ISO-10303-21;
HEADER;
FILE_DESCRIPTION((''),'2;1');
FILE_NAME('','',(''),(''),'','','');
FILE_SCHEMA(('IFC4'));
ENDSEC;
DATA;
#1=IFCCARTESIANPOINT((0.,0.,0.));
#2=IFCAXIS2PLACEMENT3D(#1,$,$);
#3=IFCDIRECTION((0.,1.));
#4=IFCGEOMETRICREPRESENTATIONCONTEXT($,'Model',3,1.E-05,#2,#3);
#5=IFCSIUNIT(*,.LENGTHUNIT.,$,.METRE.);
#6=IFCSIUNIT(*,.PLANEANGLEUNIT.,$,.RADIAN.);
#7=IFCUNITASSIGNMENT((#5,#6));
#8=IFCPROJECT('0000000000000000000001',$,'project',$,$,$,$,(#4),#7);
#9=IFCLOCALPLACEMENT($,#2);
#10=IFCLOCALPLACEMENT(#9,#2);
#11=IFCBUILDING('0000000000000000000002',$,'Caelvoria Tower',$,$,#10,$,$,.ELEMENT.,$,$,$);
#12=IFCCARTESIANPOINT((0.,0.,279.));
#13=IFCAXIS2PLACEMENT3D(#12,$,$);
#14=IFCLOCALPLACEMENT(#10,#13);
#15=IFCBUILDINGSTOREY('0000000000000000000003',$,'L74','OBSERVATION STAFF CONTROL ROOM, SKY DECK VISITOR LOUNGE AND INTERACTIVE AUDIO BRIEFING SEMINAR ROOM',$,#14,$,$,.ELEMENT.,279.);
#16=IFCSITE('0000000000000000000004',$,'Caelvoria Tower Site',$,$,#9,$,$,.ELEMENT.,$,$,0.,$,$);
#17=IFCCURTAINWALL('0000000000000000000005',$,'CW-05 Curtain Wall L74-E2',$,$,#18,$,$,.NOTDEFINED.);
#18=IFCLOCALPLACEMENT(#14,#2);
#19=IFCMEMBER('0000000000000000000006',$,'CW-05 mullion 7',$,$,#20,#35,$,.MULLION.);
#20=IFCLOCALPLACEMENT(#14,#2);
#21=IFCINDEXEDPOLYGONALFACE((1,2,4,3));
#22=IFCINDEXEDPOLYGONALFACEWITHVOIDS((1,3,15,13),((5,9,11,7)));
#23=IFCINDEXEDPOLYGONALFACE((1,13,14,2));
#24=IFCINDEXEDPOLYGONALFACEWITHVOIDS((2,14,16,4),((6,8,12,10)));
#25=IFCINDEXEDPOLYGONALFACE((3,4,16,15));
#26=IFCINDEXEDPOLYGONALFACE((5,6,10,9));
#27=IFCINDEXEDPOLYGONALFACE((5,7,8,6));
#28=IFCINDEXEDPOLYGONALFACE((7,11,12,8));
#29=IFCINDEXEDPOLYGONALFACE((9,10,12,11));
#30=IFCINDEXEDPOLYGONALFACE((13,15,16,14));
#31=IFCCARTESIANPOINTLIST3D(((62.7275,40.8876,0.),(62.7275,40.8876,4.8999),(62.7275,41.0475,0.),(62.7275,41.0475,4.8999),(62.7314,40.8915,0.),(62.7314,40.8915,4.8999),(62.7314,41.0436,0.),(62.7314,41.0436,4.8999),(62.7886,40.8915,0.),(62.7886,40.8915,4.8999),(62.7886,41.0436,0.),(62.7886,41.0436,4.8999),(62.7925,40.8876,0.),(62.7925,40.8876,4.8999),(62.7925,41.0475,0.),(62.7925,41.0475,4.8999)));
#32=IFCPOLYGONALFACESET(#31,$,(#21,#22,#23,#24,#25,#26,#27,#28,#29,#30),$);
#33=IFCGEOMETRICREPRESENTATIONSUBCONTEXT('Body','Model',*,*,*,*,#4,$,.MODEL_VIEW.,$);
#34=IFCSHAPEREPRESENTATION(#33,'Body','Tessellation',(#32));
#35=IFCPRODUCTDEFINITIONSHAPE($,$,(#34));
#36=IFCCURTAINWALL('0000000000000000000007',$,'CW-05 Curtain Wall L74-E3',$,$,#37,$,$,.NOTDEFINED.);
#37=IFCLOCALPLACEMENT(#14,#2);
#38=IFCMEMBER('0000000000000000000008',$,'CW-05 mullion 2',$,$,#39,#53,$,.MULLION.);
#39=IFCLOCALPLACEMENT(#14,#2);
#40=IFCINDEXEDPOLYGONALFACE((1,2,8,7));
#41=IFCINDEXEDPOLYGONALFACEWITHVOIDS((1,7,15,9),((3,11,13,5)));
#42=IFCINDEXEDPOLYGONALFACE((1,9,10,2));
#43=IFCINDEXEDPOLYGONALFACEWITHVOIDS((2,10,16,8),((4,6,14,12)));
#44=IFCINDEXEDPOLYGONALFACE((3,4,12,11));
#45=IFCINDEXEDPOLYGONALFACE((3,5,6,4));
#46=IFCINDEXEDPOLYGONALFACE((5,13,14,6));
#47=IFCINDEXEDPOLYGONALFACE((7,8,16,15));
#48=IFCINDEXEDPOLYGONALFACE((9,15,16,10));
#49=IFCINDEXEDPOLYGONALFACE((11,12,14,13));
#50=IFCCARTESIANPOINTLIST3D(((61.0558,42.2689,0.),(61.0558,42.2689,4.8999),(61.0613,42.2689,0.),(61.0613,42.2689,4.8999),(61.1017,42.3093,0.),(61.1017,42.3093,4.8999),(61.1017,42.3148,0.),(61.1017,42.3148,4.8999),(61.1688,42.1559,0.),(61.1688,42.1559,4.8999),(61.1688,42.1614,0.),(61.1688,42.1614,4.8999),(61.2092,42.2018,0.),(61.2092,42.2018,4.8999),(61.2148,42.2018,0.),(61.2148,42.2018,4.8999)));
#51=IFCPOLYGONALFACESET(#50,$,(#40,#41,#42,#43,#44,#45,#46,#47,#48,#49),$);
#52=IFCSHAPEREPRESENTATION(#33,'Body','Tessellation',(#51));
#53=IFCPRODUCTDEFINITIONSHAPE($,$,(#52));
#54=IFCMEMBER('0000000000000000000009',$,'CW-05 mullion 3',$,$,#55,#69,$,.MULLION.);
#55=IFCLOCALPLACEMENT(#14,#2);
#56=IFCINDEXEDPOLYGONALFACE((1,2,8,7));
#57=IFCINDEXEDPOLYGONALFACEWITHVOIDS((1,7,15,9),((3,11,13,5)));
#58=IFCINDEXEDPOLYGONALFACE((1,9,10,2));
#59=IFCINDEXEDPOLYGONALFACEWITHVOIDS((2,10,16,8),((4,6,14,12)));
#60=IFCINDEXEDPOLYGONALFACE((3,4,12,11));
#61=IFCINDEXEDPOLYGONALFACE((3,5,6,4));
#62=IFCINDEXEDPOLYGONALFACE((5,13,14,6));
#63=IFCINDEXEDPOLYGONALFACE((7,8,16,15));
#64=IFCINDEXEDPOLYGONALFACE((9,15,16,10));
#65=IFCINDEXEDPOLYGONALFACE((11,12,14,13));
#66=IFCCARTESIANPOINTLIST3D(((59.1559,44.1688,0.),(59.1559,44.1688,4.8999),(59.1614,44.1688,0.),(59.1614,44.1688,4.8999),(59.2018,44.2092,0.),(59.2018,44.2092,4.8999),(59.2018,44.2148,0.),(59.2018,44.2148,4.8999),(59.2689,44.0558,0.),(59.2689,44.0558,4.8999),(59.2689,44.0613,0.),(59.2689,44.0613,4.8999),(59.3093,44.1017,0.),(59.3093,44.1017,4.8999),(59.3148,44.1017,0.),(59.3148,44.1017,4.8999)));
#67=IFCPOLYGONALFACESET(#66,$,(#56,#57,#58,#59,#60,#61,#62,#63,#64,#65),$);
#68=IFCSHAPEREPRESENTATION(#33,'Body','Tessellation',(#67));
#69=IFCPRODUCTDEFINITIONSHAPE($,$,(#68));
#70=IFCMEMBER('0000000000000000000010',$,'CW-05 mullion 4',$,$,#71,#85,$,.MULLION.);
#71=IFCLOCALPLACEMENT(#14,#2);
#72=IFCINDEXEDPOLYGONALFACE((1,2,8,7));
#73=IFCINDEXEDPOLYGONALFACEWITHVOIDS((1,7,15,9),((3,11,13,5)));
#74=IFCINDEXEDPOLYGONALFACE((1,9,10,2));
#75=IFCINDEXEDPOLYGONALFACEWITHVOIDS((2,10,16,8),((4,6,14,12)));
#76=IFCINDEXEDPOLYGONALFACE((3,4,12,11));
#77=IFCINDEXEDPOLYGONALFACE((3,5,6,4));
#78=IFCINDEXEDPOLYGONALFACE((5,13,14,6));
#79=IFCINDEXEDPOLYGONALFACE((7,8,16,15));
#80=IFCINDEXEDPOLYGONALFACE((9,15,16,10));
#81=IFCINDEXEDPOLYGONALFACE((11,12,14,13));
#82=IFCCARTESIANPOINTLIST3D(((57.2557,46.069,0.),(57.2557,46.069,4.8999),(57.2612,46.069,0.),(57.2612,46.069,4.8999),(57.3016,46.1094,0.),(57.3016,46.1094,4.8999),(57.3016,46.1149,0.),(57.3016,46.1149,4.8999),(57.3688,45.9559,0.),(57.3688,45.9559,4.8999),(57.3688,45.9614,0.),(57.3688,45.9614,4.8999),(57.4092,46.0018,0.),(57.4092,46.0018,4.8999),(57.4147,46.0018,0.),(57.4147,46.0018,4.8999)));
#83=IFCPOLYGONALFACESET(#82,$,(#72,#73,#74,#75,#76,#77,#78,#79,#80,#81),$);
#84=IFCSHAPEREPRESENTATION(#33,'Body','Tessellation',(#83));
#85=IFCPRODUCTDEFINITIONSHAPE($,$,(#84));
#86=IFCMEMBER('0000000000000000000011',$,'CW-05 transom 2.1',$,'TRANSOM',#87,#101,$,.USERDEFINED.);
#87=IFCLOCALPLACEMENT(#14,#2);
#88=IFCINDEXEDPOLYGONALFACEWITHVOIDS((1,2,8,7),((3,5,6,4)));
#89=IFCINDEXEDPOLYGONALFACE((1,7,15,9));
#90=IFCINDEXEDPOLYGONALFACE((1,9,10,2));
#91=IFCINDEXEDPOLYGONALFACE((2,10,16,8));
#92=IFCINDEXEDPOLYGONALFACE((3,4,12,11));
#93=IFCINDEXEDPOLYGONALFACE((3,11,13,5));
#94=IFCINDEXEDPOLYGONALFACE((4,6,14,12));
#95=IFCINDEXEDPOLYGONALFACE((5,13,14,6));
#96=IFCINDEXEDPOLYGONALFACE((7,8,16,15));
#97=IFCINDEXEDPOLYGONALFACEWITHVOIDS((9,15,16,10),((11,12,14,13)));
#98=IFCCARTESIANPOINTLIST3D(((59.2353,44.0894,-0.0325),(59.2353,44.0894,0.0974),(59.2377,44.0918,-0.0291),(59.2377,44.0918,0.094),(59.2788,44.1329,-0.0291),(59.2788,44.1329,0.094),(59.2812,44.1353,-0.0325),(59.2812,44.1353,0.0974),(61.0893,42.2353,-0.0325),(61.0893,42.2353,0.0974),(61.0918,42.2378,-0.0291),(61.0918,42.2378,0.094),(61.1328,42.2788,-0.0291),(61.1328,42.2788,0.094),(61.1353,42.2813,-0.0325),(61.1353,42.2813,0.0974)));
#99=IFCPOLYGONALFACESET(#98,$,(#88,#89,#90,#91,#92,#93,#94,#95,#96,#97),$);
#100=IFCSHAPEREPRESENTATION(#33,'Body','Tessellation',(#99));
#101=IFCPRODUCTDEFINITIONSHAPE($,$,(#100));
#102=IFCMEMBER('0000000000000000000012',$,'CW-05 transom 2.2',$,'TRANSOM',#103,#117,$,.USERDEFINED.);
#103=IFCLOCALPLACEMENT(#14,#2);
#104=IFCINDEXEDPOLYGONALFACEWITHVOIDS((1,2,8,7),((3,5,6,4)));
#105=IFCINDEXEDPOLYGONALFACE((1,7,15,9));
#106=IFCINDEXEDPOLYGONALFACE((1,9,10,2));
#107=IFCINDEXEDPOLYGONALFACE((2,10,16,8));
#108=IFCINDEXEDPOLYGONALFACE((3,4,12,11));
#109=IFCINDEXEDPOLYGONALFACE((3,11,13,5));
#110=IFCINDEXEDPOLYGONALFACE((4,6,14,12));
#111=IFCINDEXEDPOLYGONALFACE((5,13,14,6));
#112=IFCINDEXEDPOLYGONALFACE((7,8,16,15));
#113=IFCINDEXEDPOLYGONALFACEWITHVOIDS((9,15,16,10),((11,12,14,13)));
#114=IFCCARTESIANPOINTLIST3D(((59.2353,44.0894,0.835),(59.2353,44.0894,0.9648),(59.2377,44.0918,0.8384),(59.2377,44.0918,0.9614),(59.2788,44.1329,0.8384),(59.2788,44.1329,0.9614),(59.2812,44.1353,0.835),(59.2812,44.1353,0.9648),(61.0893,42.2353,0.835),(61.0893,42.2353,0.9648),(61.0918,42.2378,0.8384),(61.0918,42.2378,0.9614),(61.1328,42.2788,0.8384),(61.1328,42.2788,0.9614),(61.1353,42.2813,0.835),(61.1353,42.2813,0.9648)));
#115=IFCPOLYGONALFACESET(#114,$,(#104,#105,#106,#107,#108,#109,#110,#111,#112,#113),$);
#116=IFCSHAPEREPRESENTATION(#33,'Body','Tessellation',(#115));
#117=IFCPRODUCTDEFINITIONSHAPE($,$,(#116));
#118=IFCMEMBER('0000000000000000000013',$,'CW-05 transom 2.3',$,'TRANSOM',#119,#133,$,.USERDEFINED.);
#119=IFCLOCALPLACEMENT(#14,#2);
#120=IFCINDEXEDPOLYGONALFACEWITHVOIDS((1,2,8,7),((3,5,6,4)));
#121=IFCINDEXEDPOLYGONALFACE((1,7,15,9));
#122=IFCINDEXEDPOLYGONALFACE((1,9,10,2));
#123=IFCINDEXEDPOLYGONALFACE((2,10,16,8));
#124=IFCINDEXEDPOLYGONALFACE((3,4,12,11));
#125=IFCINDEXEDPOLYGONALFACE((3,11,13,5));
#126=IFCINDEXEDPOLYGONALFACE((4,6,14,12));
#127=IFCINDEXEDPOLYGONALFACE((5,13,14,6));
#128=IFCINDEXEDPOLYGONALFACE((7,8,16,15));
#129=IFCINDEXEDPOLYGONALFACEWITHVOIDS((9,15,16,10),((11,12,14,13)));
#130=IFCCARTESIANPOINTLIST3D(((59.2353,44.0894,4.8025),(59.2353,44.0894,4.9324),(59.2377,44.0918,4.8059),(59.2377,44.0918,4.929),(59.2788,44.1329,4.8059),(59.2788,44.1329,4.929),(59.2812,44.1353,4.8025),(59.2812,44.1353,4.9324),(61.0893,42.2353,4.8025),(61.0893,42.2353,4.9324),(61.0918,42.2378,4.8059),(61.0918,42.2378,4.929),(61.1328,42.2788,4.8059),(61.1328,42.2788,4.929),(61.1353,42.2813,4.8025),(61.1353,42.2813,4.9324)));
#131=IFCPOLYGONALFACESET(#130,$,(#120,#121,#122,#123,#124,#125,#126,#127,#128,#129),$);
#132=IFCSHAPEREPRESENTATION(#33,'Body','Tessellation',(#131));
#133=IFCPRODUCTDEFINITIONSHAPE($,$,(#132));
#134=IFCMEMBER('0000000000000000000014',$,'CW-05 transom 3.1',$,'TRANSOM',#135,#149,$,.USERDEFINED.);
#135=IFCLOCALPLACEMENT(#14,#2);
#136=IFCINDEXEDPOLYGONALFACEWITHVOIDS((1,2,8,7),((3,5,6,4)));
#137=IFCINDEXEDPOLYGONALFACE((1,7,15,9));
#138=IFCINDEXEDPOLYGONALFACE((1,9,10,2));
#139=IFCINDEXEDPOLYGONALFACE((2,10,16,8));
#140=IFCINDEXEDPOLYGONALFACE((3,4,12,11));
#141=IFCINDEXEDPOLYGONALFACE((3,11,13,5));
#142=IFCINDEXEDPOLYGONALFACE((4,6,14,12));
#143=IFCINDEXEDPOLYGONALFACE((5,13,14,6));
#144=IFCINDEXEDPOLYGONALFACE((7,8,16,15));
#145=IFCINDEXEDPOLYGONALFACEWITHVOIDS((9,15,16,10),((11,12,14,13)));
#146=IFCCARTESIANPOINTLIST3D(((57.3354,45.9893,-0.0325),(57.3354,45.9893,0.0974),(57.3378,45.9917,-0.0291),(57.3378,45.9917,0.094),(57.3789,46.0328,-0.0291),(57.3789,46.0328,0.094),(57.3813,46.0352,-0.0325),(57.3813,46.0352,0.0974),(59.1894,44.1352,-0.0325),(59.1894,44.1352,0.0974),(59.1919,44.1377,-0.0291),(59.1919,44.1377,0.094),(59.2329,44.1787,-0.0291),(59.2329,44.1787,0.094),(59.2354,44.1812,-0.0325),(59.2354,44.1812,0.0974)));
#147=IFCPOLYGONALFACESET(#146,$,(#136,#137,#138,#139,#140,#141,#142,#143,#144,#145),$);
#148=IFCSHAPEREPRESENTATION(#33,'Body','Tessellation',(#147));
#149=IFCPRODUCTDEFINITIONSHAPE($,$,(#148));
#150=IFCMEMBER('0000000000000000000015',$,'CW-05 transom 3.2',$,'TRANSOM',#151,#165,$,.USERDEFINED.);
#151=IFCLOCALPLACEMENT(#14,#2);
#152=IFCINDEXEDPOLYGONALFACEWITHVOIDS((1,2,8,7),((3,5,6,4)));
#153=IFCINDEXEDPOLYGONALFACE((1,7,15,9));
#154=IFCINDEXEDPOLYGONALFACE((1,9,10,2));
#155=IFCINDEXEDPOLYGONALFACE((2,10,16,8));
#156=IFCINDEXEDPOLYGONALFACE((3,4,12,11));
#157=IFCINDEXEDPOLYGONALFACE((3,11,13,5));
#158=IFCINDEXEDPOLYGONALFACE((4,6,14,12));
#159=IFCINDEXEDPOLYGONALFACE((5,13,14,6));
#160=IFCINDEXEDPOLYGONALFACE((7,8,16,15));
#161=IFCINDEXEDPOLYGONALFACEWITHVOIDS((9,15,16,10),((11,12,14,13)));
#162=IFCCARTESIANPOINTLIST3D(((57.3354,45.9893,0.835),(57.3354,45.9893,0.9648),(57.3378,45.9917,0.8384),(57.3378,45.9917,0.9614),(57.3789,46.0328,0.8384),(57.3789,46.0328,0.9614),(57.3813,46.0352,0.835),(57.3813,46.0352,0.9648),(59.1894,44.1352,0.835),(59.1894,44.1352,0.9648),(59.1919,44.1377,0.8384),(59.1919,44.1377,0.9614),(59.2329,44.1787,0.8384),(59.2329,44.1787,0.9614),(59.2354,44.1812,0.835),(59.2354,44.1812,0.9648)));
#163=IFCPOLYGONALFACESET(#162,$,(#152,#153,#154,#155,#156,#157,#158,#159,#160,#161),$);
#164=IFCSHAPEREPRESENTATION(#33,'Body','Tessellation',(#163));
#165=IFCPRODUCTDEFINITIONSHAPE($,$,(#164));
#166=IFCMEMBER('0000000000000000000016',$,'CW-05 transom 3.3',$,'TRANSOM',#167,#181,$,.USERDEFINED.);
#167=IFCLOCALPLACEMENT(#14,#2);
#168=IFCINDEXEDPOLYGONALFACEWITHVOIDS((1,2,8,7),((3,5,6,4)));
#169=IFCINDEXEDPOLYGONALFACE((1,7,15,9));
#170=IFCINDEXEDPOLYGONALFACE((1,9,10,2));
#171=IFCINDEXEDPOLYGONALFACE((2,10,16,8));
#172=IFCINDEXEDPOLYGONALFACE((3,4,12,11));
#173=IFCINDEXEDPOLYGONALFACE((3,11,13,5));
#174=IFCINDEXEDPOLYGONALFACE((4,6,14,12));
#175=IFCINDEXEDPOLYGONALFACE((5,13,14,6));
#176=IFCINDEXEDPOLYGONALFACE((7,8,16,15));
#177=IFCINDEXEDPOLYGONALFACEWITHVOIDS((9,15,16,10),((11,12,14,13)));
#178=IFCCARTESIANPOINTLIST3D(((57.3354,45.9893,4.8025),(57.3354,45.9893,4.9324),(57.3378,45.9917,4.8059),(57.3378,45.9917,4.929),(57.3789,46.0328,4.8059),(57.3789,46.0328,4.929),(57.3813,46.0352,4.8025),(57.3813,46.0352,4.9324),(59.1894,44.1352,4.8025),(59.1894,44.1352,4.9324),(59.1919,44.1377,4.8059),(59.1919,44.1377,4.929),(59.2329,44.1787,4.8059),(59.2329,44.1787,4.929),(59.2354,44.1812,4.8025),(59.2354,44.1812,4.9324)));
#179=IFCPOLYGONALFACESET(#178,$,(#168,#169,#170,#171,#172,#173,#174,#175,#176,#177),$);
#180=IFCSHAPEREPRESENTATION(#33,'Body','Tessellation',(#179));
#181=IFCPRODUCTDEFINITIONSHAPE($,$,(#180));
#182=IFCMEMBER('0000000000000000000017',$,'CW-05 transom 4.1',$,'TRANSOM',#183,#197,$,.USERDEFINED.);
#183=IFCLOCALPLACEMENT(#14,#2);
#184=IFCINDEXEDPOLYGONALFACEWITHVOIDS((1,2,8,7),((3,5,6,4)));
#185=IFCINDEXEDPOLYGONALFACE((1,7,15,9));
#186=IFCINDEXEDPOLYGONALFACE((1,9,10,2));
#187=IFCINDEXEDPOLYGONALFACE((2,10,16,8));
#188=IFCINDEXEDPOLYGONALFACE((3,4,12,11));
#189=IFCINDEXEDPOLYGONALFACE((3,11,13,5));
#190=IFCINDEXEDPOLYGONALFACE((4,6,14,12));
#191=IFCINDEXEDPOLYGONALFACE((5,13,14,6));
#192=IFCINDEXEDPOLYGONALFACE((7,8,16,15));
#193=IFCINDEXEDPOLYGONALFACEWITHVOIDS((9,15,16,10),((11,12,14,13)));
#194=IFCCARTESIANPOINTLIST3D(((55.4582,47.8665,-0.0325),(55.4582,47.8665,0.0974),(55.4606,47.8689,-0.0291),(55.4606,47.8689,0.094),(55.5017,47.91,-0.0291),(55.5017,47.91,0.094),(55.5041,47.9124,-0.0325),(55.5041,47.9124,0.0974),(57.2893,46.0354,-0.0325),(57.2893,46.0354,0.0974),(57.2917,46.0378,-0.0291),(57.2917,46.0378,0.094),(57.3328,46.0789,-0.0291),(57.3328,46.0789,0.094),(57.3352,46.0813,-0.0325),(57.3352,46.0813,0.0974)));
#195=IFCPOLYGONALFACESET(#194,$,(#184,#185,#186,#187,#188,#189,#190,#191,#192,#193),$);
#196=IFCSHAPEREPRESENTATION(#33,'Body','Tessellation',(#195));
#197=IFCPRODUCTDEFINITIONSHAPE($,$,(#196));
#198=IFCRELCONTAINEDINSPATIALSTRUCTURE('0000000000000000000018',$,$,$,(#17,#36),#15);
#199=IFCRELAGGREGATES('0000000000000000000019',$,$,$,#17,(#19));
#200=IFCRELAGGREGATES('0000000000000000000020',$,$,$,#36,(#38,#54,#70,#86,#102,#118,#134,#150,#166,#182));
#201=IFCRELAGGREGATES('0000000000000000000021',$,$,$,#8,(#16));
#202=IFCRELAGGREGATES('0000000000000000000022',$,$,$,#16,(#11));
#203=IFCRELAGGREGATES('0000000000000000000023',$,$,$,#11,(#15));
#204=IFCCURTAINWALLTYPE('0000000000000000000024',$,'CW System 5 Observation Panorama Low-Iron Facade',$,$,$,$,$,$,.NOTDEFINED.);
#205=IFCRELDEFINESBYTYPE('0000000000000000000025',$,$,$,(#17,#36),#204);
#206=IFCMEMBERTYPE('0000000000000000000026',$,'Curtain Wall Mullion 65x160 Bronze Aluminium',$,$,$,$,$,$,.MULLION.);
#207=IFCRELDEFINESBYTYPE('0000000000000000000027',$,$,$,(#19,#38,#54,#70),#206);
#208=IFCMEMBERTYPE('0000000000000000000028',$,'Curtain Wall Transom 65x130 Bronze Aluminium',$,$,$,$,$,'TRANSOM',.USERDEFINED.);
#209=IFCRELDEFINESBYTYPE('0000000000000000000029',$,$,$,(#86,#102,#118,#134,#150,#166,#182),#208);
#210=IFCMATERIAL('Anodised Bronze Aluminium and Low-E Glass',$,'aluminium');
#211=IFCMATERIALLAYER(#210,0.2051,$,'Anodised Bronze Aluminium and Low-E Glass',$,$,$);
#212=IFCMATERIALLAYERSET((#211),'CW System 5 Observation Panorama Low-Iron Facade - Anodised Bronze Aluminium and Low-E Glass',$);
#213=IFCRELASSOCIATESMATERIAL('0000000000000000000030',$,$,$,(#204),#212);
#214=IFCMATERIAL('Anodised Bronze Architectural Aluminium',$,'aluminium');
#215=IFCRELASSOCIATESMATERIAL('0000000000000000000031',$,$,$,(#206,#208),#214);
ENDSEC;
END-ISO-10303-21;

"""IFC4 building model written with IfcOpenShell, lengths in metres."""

from ifc_helpers import new_model, si_unit, direction, frame, origin, origin_2d, place, context, subcontext, project, spatial, hollow_rectangle, extrude, material, layer, layer_set, material_profile, profile_set, type_object, element, aggregate, save


model = new_model("IFC4")

# Units and contexts
model_context = context("Model", 3, precision=1e-05, world=origin(), true_north=direction((0.0, 1.0)))
body_context = subcontext(model_context, "Body", "Model", "MODEL_VIEW")
ifc_project = project(units=[si_unit("LENGTHUNIT", "METRE"), si_unit("PLANEANGLEUNIT", "RADIAN")], contexts=[model_context])

# Site, building, storey
site_placement = place(None, origin())
site = spatial("IfcSite", under=ifc_project, at=site_placement, Name="Caelvoria Tower Site", CompositionType="ELEMENT", RefElevation=0.0)
building_placement = place(site_placement, origin())
building = spatial("IfcBuilding", under=site, at=building_placement, Name="Caelvoria Tower", CompositionType="ELEMENT")
storey_placement = place(building_placement, frame((0.0, 0.0, 279.0)))
storey = spatial("IfcBuildingStorey", under=building, at=storey_placement, Name="L74", Description="OBSERVATION STAFF CONTROL ROOM, SKY DECK VISITOR LOUNGE AND INTERACTIVE AUDIO BRIEFING SEMINAR ROOM", CompositionType="ELEMENT", Elevation=279.0)

# Curtain wall, member
ifc_material_1 = material(Name="Anodised Bronze Aluminium and Low-E Glass", Category="aluminium")
ifc_layer_1 = layer(ifc_material_1, 0.2051, Name="Anodised Bronze Aluminium and Low-E Glass")
ifc_layer_set_1 = layer_set([ifc_layer_1], Name="CW System 5 Observation Panorama Low-Iron Facade - Anodised Bronze Aluminium and Low-E Glass")
curtain_wall_type = type_object("IfcCurtainWallType", Name="CW System 5 Observation Panorama Low-Iron Facade", PredefinedType="NOTDEFINED", material=ifc_layer_set_1)
curtain_wall_1_placement = place(storey_placement, origin())
curtain_wall_1 = element("IfcCurtainWall", 1, at=curtain_wall_1_placement, inside=storey, type_object=curtain_wall_type, Name="CW-05 Curtain Wall L74-E2", PredefinedType="NOTDEFINED")
ifc_material_2 = material(Name="Anodised Bronze Architectural Aluminium", Category="aluminium")
ifc_material_profile_1 = material_profile(ifc_material_2, hollow_rectangle(XDim=0.0649, YDim=0.1599, WallThickness=0.0039, at=origin_2d()), Name="Anodised Bronze Architectural Aluminium")
ifc_profile_set_1 = profile_set([ifc_material_profile_1], Name="CW_MULL_65X160 - Anodised Bronze Architectural Aluminium")
member_type_1 = type_object("IfcMemberType", Name="Curtain Wall Mullion 65x160 Bronze Aluminium", PredefinedType="MULLION", material=ifc_profile_set_1)
member_1_placement = place(storey_placement, frame((62.76, 40.9675, 0.0), z_axis=(0.0, 0.0, 1.0), x_axis=(-1.0, 0.0, 0.0)))
member_1 = element("IfcMember", 2, at=member_1_placement, type_object=member_type_1, Name="CW-05 mullion 7", PredefinedType="MULLION", context=body_context, shape_type="SweptSolid", body=[
    extrude(hollow_rectangle(XDim=0.0649, YDim=0.1599, WallThickness=0.0039, at=origin_2d()), origin(), (0.0, 0.0, 1.0), 4.8999),
])
aggregate(curtain_wall_1, [member_1])

# Curtain wall, members
curtain_wall_2_placement = place(storey_placement, origin())
curtain_wall_2 = element("IfcCurtainWall", 3, at=curtain_wall_2_placement, inside=storey, type_object=curtain_wall_type, Name="CW-05 Curtain Wall L74-E3", PredefinedType="NOTDEFINED")
member_2_placement = place(storey_placement, frame((61.1353, 42.2354, 0.0), z_axis=(0.0, 0.0, 1.0), x_axis=(-0.707107, -0.707107, 0.0)))
member_2 = element("IfcMember", 4, at=member_2_placement, type_object=member_type_1, Name="CW-05 mullion 2", PredefinedType="MULLION", context=body_context, shape_type="SweptSolid", body=[
    extrude(hollow_rectangle(XDim=0.0649, YDim=0.1599, WallThickness=0.0039, at=origin_2d()), origin(), (0.0, 0.0, 1.0), 4.8999),
])
member_3_placement = place(storey_placement, frame((59.2354, 44.1353, 0.0), z_axis=(0.0, 0.0, 1.0), x_axis=(-0.707107, -0.707107, 0.0)))
member_3 = element("IfcMember", 5, at=member_3_placement, type_object=member_type_1, Name="CW-05 mullion 3", PredefinedType="MULLION", context=body_context, shape_type="SweptSolid", body=[
    extrude(hollow_rectangle(XDim=0.0649, YDim=0.1599, WallThickness=0.0039, at=origin_2d()), origin(), (0.0, 0.0, 1.0), 4.8999),
])
member_4_placement = place(storey_placement, frame((57.3352, 46.0354, 0.0), z_axis=(0.0, 0.0, 1.0), x_axis=(-0.707107, -0.707107, 0.0)))
member_4 = element("IfcMember", 6, at=member_4_placement, type_object=member_type_1, Name="CW-05 mullion 4", PredefinedType="MULLION", context=body_context, shape_type="SweptSolid", body=[
    extrude(hollow_rectangle(XDim=0.0649, YDim=0.1599, WallThickness=0.0039, at=origin_2d()), origin(), (0.0, 0.0, 1.0), 4.8999),
])
ifc_material_profile_2 = material_profile(ifc_material_2, hollow_rectangle(XDim=0.0649, YDim=0.1299, WallThickness=0.0034, at=origin_2d()), Name="Anodised Bronze Architectural Aluminium")
ifc_profile_set_2 = profile_set([ifc_material_profile_2], Name="CW_TRAN_65X130 - Anodised Bronze Architectural Aluminium")
member_type_2 = type_object("IfcMemberType", Name="Curtain Wall Transom 65x130 Bronze Aluminium", ElementType="TRANSOM", PredefinedType="USERDEFINED", material=ifc_profile_set_2)
member_5_placement = place(storey_placement, frame((61.1123, 42.2583, 0.0325), z_axis=(-0.707107, 0.707107, 0.0), x_axis=(-0.707107, -0.707107, 0.0)))
member_5 = element("IfcMember", 7, at=member_5_placement, type_object=member_type_2, Name="CW-05 transom 2.1", ObjectType="TRANSOM", PredefinedType="USERDEFINED", context=body_context, shape_type="SweptSolid", body=[
    extrude(hollow_rectangle(XDim=0.0649, YDim=0.1299, WallThickness=0.0034, at=origin_2d()), origin(), (0.0, 0.0, 1.0), 2.6221),
])
member_6_placement = place(storey_placement, frame((61.1123, 42.2583, 0.8999), z_axis=(-0.707107, 0.707107, 0.0), x_axis=(-0.707107, -0.707107, 0.0)))
member_6 = element("IfcMember", 8, at=member_6_placement, type_object=member_type_2, Name="CW-05 transom 2.2", ObjectType="TRANSOM", PredefinedType="USERDEFINED", context=body_context, shape_type="SweptSolid", body=[
    extrude(hollow_rectangle(XDim=0.0649, YDim=0.1299, WallThickness=0.0034, at=origin_2d()), origin(), (0.0, 0.0, 1.0), 2.6221),
])
member_7_placement = place(storey_placement, frame((61.1123, 42.2583, 4.8674), z_axis=(-0.707107, 0.707107, 0.0), x_axis=(-0.707107, -0.707107, 0.0)))
member_7 = element("IfcMember", 9, at=member_7_placement, type_object=member_type_2, Name="CW-05 transom 2.3", ObjectType="TRANSOM", PredefinedType="USERDEFINED", context=body_context, shape_type="SweptSolid", body=[
    extrude(hollow_rectangle(XDim=0.0649, YDim=0.1299, WallThickness=0.0034, at=origin_2d()), origin(), (0.0, 0.0, 1.0), 2.6221),
])
member_8_placement = place(storey_placement, frame((59.2124, 44.1582, 0.0325), z_axis=(-0.707107, 0.707107, 0.0), x_axis=(-0.707107, -0.707107, 0.0)))
member_8 = element("IfcMember", 10, at=member_8_placement, type_object=member_type_2, Name="CW-05 transom 3.1", ObjectType="TRANSOM", PredefinedType="USERDEFINED", context=body_context, shape_type="SweptSolid", body=[
    extrude(hollow_rectangle(XDim=0.0649, YDim=0.1299, WallThickness=0.0034, at=origin_2d()), origin(), (0.0, 0.0, 1.0), 2.6221),
])
member_9_placement = place(storey_placement, frame((59.2124, 44.1582, 0.8999), z_axis=(-0.707107, 0.707107, 0.0), x_axis=(-0.707107, -0.707107, 0.0)))
member_9 = element("IfcMember", 11, at=member_9_placement, type_object=member_type_2, Name="CW-05 transom 3.2", ObjectType="TRANSOM", PredefinedType="USERDEFINED", context=body_context, shape_type="SweptSolid", body=[
    extrude(hollow_rectangle(XDim=0.0649, YDim=0.1299, WallThickness=0.0034, at=origin_2d()), origin(), (0.0, 0.0, 1.0), 2.6221),
])
member_10_placement = place(storey_placement, frame((59.2124, 44.1582, 4.8674), z_axis=(-0.707107, 0.707107, 0.0), x_axis=(-0.707107, -0.707107, 0.0)))
member_10 = element("IfcMember", 12, at=member_10_placement, type_object=member_type_2, Name="CW-05 transom 3.3", ObjectType="TRANSOM", PredefinedType="USERDEFINED", context=body_context, shape_type="SweptSolid", body=[
    extrude(hollow_rectangle(XDim=0.0649, YDim=0.1299, WallThickness=0.0034, at=origin_2d()), origin(), (0.0, 0.0, 1.0), 2.6221),
])
member_11_placement = place(storey_placement, frame((57.3123, 46.0583, 0.0325), z_axis=(-0.707107, 0.707107, 0.0), x_axis=(-0.707107, -0.707107, 0.0)))
member_11 = element("IfcMember", 13, at=member_11_placement, type_object=member_type_2, Name="CW-05 transom 4.1", ObjectType="TRANSOM", PredefinedType="USERDEFINED", context=body_context, shape_type="SweptSolid", body=[
    extrude(hollow_rectangle(XDim=0.0649, YDim=0.1299, WallThickness=0.0034, at=origin_2d()), origin(), (0.0, 0.0, 1.0), 2.5896),
])

aggregate(curtain_wall_2, [member_2, member_3, member_4, member_5, member_6, member_7, member_8, member_9, member_10, member_11])

save(model, "model.ifc")
